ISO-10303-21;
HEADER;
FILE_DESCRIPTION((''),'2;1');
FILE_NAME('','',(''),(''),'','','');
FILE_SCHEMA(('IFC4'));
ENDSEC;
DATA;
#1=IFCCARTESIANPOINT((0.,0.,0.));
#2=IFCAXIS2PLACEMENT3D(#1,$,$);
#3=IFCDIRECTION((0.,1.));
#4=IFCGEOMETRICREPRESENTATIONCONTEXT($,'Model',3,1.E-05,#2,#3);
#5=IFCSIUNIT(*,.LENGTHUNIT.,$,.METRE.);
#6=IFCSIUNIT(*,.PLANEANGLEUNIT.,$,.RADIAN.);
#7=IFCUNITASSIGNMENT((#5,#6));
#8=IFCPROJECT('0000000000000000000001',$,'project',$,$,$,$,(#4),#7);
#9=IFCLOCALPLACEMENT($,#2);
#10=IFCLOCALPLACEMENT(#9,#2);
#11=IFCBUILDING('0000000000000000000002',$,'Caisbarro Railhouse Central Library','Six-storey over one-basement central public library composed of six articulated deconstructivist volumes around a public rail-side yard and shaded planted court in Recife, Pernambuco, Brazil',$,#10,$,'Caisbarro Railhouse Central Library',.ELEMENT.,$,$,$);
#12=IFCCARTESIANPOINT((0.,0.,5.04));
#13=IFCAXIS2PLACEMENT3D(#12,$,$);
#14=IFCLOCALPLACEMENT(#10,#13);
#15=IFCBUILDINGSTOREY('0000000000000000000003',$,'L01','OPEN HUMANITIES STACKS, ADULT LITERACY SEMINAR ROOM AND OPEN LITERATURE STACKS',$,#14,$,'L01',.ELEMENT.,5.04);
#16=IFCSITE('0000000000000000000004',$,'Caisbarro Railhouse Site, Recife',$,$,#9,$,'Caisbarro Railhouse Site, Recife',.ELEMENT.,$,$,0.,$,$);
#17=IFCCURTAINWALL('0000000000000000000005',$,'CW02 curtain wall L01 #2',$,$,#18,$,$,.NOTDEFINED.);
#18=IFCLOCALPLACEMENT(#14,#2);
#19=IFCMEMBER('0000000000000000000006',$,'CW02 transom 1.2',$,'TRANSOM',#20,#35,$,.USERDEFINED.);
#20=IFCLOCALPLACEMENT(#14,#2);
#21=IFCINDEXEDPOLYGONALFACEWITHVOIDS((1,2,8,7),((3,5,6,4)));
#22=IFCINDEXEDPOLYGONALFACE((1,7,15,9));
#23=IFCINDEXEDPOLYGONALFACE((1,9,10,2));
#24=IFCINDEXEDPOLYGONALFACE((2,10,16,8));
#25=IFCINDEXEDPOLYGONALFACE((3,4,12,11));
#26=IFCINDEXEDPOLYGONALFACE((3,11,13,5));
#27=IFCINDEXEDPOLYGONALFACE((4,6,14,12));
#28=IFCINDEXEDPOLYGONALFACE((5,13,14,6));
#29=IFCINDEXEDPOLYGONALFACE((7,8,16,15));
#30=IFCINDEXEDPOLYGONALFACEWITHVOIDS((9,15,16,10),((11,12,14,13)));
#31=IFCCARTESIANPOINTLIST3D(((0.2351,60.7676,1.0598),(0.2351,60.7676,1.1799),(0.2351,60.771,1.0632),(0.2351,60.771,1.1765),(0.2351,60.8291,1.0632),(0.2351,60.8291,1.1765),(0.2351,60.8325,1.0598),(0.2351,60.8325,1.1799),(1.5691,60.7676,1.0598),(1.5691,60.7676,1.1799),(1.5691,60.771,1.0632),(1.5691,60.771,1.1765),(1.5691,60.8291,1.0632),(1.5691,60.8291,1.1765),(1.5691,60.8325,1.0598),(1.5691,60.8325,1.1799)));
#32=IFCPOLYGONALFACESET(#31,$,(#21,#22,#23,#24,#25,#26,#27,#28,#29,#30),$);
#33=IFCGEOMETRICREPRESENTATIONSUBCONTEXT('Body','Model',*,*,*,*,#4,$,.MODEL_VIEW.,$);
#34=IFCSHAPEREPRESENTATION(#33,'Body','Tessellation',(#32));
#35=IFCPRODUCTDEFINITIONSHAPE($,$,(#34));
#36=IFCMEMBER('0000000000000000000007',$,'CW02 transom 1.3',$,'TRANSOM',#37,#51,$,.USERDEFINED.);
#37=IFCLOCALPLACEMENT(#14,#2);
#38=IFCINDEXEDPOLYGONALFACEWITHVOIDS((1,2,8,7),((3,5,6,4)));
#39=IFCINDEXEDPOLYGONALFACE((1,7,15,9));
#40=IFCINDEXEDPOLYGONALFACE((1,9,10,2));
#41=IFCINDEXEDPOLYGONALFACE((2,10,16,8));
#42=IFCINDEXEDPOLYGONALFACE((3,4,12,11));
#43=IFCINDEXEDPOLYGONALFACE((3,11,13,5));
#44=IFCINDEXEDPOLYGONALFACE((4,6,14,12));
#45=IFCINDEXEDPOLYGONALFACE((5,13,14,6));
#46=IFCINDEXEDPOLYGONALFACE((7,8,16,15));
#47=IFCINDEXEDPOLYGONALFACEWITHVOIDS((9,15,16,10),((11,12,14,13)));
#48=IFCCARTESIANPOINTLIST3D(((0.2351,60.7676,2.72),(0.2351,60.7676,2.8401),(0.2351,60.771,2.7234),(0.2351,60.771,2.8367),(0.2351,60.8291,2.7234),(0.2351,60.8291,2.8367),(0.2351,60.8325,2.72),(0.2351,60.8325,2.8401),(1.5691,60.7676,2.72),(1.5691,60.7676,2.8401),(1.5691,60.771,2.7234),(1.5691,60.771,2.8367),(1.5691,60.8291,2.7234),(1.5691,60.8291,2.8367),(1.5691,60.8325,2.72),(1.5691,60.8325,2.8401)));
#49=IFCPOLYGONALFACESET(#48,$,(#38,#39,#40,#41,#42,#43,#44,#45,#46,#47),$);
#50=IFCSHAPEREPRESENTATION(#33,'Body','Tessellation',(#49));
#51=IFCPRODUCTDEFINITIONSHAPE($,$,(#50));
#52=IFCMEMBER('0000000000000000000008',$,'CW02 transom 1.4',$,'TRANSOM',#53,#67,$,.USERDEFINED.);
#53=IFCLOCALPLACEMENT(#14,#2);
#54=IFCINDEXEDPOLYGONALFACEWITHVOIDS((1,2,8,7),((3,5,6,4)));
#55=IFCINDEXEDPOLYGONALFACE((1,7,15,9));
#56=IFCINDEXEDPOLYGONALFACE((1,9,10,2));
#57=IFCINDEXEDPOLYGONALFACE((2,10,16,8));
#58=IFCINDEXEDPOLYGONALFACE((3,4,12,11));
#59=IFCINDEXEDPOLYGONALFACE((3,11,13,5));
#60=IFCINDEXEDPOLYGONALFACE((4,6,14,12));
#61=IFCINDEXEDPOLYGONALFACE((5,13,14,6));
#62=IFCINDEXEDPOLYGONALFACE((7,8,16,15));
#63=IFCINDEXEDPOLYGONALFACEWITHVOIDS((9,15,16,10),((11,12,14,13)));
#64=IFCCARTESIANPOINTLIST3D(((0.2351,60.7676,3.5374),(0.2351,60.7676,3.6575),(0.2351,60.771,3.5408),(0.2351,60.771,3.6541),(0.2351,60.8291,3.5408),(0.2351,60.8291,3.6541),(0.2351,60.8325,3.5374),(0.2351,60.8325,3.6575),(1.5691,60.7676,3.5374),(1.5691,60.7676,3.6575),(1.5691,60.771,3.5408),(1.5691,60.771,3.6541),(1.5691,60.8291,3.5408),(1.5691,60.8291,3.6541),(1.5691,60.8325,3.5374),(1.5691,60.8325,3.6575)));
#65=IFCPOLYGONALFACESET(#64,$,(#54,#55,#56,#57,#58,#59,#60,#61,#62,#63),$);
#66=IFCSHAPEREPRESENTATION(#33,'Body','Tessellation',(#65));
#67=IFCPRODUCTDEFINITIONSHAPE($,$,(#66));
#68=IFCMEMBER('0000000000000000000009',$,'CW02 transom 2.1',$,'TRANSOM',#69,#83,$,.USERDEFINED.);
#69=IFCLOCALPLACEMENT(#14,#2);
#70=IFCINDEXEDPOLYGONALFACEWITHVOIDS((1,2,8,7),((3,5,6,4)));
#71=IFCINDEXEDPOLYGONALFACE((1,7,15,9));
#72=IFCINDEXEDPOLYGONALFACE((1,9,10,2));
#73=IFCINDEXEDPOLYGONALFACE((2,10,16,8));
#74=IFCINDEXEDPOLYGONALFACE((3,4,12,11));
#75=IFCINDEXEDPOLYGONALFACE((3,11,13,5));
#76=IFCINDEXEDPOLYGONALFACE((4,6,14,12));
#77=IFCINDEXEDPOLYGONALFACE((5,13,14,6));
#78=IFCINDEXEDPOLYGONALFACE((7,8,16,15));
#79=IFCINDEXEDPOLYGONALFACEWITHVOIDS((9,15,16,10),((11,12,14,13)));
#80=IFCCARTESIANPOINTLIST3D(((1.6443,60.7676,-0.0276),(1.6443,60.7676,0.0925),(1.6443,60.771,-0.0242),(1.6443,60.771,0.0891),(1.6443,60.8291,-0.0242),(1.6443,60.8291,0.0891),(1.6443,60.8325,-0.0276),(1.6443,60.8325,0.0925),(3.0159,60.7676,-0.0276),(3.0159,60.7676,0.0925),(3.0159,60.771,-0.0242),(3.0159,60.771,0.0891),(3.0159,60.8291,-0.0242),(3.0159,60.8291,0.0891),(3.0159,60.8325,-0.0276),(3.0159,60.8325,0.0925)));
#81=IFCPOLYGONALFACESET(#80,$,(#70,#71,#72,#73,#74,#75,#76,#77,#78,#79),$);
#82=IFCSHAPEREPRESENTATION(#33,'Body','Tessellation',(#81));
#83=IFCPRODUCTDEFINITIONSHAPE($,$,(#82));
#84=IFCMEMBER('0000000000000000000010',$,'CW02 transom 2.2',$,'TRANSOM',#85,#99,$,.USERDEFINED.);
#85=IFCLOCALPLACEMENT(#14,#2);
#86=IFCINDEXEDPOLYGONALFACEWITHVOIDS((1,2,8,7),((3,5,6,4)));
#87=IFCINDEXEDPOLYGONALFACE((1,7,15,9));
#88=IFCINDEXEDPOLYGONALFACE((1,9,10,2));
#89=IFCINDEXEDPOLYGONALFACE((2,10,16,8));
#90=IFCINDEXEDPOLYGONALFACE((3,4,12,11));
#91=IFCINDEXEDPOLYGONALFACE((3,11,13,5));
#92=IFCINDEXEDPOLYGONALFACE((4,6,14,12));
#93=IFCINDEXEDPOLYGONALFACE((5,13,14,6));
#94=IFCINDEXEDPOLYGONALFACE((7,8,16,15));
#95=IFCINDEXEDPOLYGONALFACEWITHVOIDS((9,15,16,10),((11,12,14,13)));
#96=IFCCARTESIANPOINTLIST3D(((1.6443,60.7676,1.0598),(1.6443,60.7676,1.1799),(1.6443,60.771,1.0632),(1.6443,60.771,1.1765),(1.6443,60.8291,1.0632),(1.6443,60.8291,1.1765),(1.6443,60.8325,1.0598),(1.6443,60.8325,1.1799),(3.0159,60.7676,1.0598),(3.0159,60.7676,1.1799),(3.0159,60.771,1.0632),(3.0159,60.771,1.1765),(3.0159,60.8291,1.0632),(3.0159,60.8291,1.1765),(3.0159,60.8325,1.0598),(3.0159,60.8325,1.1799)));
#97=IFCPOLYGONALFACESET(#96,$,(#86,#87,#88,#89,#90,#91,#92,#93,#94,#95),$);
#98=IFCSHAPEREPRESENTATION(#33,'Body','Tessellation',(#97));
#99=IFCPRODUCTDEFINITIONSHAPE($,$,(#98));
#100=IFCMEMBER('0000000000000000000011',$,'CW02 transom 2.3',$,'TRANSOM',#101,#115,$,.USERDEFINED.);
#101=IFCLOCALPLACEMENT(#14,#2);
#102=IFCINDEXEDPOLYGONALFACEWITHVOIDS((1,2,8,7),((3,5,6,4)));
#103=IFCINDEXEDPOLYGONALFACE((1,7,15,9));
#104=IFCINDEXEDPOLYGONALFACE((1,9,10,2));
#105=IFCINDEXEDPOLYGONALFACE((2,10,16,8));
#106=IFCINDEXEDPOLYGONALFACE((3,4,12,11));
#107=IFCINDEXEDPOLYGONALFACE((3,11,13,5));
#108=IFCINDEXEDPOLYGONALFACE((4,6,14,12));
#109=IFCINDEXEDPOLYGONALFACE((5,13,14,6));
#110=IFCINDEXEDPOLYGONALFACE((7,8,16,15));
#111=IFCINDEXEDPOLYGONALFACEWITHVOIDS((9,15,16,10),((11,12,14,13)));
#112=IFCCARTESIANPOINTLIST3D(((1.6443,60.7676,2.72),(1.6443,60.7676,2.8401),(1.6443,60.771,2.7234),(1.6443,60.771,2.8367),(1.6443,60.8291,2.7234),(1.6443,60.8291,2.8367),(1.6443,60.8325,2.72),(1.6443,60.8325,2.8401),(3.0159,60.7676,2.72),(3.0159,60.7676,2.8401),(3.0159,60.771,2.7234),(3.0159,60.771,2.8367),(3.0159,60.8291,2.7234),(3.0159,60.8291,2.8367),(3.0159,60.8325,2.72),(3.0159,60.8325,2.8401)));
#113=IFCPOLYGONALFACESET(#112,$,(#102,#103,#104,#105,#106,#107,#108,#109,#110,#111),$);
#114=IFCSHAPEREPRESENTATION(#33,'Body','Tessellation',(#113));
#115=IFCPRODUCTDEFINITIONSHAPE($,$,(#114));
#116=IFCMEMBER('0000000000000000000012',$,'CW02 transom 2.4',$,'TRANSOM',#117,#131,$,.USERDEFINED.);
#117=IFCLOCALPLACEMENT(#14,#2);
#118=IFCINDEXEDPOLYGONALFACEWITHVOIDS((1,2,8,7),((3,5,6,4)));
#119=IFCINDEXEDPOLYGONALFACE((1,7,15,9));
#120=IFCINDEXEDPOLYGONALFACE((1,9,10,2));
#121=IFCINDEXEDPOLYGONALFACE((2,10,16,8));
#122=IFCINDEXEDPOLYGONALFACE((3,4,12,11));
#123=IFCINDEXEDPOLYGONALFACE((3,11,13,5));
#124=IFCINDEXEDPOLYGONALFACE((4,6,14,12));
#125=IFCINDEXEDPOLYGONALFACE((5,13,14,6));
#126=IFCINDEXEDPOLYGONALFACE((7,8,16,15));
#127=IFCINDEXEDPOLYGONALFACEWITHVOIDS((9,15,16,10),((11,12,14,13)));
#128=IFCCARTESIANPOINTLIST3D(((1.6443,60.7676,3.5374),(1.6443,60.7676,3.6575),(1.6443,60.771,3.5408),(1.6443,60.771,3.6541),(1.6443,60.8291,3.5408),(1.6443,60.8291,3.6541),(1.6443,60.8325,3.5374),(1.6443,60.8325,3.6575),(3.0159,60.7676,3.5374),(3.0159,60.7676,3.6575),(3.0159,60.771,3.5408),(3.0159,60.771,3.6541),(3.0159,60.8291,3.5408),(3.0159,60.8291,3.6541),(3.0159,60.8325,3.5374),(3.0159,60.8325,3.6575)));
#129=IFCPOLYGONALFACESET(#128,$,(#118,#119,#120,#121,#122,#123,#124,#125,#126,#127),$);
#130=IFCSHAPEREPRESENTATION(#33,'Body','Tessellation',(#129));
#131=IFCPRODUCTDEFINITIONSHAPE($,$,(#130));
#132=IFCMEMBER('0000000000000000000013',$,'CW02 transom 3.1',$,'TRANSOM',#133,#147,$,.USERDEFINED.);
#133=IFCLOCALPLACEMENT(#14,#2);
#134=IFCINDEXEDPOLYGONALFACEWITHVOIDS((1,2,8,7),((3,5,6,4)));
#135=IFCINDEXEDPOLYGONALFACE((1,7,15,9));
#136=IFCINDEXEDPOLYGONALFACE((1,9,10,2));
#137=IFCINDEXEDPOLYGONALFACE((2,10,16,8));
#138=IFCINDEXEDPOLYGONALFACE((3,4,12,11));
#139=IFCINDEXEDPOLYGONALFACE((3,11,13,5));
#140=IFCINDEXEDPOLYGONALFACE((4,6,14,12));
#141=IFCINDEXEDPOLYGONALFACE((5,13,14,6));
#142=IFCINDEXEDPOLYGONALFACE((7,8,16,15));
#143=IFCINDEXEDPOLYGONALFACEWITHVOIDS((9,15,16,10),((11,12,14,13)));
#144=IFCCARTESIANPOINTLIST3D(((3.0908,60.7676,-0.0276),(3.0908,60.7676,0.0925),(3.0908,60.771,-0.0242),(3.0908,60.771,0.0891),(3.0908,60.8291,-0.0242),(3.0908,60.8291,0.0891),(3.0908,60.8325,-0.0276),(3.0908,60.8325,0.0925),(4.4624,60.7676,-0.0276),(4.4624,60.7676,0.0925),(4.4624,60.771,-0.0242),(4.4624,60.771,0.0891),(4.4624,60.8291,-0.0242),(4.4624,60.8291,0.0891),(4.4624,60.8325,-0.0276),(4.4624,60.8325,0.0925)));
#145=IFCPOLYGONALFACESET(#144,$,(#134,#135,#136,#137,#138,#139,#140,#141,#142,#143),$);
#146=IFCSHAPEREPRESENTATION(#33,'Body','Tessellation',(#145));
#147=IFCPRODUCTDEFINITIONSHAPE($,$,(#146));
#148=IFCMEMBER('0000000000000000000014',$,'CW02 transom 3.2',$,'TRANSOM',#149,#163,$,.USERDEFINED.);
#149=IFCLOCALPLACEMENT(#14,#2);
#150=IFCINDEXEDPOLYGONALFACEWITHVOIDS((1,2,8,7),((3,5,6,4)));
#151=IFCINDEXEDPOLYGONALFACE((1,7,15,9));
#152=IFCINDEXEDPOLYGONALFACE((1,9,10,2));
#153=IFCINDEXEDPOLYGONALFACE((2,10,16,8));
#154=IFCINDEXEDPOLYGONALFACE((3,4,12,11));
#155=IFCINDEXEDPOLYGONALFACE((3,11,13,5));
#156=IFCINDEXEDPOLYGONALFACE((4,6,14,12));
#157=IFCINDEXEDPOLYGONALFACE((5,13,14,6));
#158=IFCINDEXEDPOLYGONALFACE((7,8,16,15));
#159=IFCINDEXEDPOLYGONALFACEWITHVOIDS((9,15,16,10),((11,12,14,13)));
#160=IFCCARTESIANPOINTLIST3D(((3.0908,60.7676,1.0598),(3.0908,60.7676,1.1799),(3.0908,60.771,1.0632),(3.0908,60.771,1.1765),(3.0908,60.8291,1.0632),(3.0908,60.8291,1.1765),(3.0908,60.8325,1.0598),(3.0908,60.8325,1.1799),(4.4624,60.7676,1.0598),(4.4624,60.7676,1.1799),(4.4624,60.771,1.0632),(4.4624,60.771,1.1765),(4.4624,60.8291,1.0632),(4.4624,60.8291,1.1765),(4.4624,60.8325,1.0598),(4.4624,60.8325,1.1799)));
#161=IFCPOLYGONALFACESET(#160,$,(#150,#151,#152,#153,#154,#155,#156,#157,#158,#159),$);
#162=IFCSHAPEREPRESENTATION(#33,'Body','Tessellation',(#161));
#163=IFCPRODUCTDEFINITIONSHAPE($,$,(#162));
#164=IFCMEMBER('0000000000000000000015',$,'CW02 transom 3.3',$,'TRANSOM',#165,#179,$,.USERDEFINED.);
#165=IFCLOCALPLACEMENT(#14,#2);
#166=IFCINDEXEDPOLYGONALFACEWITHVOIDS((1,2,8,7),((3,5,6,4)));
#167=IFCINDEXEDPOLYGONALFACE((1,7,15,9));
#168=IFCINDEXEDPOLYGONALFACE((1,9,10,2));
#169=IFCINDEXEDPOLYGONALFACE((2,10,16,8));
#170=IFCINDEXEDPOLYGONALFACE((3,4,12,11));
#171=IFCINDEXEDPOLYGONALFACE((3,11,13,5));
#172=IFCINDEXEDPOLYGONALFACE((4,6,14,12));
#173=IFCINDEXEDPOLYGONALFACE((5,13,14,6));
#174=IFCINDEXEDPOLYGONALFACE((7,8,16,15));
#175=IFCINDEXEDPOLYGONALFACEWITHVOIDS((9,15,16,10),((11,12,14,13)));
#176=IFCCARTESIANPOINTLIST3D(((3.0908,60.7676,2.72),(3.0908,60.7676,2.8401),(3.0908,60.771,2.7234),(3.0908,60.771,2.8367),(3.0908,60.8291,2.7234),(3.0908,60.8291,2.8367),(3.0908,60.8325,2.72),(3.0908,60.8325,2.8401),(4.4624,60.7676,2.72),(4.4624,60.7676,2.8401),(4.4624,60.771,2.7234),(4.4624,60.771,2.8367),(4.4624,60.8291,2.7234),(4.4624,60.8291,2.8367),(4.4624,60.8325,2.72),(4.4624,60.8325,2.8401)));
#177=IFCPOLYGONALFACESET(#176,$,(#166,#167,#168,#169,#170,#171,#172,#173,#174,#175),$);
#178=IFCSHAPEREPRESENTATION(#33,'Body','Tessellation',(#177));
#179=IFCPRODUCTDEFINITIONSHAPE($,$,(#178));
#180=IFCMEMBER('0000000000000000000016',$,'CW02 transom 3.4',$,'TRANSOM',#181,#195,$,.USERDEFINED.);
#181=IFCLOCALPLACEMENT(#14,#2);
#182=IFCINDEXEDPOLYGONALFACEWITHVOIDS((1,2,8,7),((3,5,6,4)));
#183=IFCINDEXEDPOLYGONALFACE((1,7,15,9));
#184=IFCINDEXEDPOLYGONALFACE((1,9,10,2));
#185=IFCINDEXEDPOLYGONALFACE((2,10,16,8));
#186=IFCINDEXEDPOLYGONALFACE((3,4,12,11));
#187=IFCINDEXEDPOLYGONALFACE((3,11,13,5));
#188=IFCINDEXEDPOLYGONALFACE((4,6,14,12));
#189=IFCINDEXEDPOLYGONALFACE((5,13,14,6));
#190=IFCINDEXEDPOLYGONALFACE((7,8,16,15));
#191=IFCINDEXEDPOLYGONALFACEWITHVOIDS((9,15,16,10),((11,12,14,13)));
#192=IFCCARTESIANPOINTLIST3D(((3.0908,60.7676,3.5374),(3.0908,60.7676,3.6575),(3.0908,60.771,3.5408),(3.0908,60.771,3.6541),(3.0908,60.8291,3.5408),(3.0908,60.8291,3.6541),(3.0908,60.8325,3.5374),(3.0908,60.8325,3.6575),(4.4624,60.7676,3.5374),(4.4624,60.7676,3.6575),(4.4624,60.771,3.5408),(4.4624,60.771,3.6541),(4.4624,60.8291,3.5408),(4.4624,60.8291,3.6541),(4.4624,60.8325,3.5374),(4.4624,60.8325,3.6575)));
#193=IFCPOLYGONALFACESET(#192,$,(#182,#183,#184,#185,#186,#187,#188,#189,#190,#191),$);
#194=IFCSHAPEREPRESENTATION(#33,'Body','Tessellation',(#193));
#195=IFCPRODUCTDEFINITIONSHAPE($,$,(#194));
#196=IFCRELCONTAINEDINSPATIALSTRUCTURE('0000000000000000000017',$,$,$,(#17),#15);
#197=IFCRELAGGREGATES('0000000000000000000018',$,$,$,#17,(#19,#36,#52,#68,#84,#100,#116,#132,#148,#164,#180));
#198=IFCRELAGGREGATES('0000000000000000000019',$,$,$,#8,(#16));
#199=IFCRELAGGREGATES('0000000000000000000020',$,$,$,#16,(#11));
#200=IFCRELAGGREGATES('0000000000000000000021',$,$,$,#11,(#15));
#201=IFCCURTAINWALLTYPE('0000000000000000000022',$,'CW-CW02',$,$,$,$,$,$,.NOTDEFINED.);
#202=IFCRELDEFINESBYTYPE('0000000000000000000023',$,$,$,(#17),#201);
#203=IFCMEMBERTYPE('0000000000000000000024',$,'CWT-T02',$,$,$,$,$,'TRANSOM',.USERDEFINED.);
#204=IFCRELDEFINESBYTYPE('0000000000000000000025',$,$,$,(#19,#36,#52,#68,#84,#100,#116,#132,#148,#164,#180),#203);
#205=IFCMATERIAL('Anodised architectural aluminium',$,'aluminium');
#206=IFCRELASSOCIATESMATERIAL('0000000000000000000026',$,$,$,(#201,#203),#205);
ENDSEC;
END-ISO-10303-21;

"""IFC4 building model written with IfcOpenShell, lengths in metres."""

from ifc_helpers import new_model, si_unit, direction, frame, origin, origin_2d, place, context, subcontext, project, spatial, hollow_rectangle, extrude, material, material_profile, profile_set, type_object, element, aggregate, save


model = new_model("IFC4")

# Units and contexts
model_context = context("Model", 3, precision=1e-05, world=origin(), true_north=direction((0.0, 1.0)))
body_context = subcontext(model_context, "Body", "Model", "MODEL_VIEW")
ifc_project = project(units=[si_unit("LENGTHUNIT", "METRE"), si_unit("PLANEANGLEUNIT", "RADIAN")], contexts=[model_context])

# Site, building, storey
site_placement = place(None, origin())
site = spatial("IfcSite", under=ifc_project, at=site_placement, Name="Caisbarro Railhouse Site, Recife", LongName="Caisbarro Railhouse Site, Recife", CompositionType="ELEMENT", RefElevation=0.0)
building_placement = place(site_placement, origin())
building = spatial("IfcBuilding", under=site, at=building_placement, Name="Caisbarro Railhouse Central Library", Description="Six-storey over one-basement central public library composed of six articulated deconstructivist volumes around a public rail-side yard and shaded planted court in Recife, Pernambuco, Brazil", LongName="Caisbarro Railhouse Central Library", CompositionType="ELEMENT")
storey_placement = place(building_placement, frame((0.0, 0.0, 5.04)))
storey = spatial("IfcBuildingStorey", under=building, at=storey_placement, Name="L01", Description="OPEN HUMANITIES STACKS, ADULT LITERACY SEMINAR ROOM AND OPEN LITERATURE STACKS", LongName="L01", CompositionType="ELEMENT", Elevation=5.04)

# Curtain wall, members
ifc_material_1 = material(Name="Anodised architectural aluminium", Category="aluminium")
curtain_wall_type = type_object("IfcCurtainWallType", Name="CW-CW02", PredefinedType="NOTDEFINED", material=ifc_material_1)
curtain_wall_placement = place(storey_placement, origin())
curtain_wall = element("IfcCurtainWall", 1, at=curtain_wall_placement, inside=storey, type_object=curtain_wall_type, Name="CW02 curtain wall L01 #2", PredefinedType="NOTDEFINED")
ifc_material_profile_1 = material_profile(ifc_material_1, hollow_rectangle(XDim=0.0649, YDim=0.1201, WallThickness=0.0034, at=origin_2d()), Name="ALU-TRN-65X120")
ifc_profile_set_1 = profile_set([ifc_material_profile_1], Name="Anodised architectural aluminium")
member_type_1 = type_object("IfcMemberType", Name="CWT-T02", ElementType="TRANSOM", PredefinedType="USERDEFINED", material=ifc_profile_set_1)
member_1_placement = place(storey_placement, frame((0.2351, 60.8, 1.1199), z_axis=(1.0, 0.0, 0.0), x_axis=(0.0, 1.0, 0.0)))
member_1 = element("IfcMember", 2, at=member_1_placement, type_object=member_type_1, Name="CW02 transom 1.2", ObjectType="TRANSOM", PredefinedType="USERDEFINED", context=body_context, shape_type="SweptSolid", body=[
    extrude(hollow_rectangle(XDim=0.0649, YDim=0.1201, WallThickness=0.0034, at=origin_2d()), origin(), (0.0, 0.0, 1.0), 1.334),
])
member_2_placement = place(storey_placement, frame((0.2351, 60.8, 2.78), z_axis=(1.0, 0.0, 0.0), x_axis=(0.0, 1.0, 0.0)))
member_2 = element("IfcMember", 3, at=member_2_placement, type_object=member_type_1, Name="CW02 transom 1.3", ObjectType="TRANSOM", PredefinedType="USERDEFINED", context=body_context, shape_type="SweptSolid", body=[
    extrude(hollow_rectangle(XDim=0.0649, YDim=0.1201, WallThickness=0.0034, at=origin_2d()), origin(), (0.0, 0.0, 1.0), 1.334),
])
member_3_placement = place(storey_placement, frame((0.2351, 60.8, 3.5974), z_axis=(1.0, 0.0, 0.0), x_axis=(0.0, 1.0, 0.0)))
member_3 = element("IfcMember", 4, at=member_3_placement, type_object=member_type_1, Name="CW02 transom 1.4", ObjectType="TRANSOM", PredefinedType="USERDEFINED", context=body_context, shape_type="SweptSolid", body=[
    extrude(hollow_rectangle(XDim=0.0649, YDim=0.1201, WallThickness=0.0034, at=origin_2d()), origin(), (0.0, 0.0, 1.0), 1.334),
])
member_4_placement = place(storey_placement, frame((1.6443, 60.8, 0.0325), z_axis=(1.0, 0.0, 0.0), x_axis=(0.0, 1.0, 0.0)))
member_4 = element("IfcMember", 5, at=member_4_placement, type_object=member_type_1, Name="CW02 transom 2.1", ObjectType="TRANSOM", PredefinedType="USERDEFINED", context=body_context, shape_type="SweptSolid", body=[
    extrude(hollow_rectangle(XDim=0.0649, YDim=0.1201, WallThickness=0.0034, at=origin_2d()), origin(), (0.0, 0.0, 1.0), 1.3716),
])
member_5_placement = place(storey_placement, frame((1.6443, 60.8, 1.1199), z_axis=(1.0, 0.0, 0.0), x_axis=(0.0, 1.0, 0.0)))
member_5 = element("IfcMember", 6, at=member_5_placement, type_object=member_type_1, Name="CW02 transom 2.2", ObjectType="TRANSOM", PredefinedType="USERDEFINED", context=body_context, shape_type="SweptSolid", body=[
    extrude(hollow_rectangle(XDim=0.0649, YDim=0.1201, WallThickness=0.0034, at=origin_2d()), origin(), (0.0, 0.0, 1.0), 1.3716),
])
member_6_placement = place(storey_placement, frame((1.6443, 60.8, 2.78), z_axis=(1.0, 0.0, 0.0), x_axis=(0.0, 1.0, 0.0)))
member_6 = element("IfcMember", 7, at=member_6_placement, type_object=member_type_1, Name="CW02 transom 2.3", ObjectType="TRANSOM", PredefinedType="USERDEFINED", context=body_context, shape_type="SweptSolid", body=[
    extrude(hollow_rectangle(XDim=0.0649, YDim=0.1201, WallThickness=0.0034, at=origin_2d()), origin(), (0.0, 0.0, 1.0), 1.3716),
])
member_7_placement = place(storey_placement, frame((1.6443, 60.8, 3.5974), z_axis=(1.0, 0.0, 0.0), x_axis=(0.0, 1.0, 0.0)))
member_7 = element("IfcMember", 8, at=member_7_placement, type_object=member_type_1, Name="CW02 transom 2.4", ObjectType="TRANSOM", PredefinedType="USERDEFINED", context=body_context, shape_type="SweptSolid", body=[
    extrude(hollow_rectangle(XDim=0.0649, YDim=0.1201, WallThickness=0.0034, at=origin_2d()), origin(), (0.0, 0.0, 1.0), 1.3716),
])
member_8_placement = place(storey_placement, frame((3.0908, 60.8, 0.0325), z_axis=(1.0, 0.0, 0.0), x_axis=(0.0, 1.0, 0.0)))
member_8 = element("IfcMember", 9, at=member_8_placement, type_object=member_type_1, Name="CW02 transom 3.1", ObjectType="TRANSOM", PredefinedType="USERDEFINED", context=body_context, shape_type="SweptSolid", body=[
    extrude(hollow_rectangle(XDim=0.0649, YDim=0.1201, WallThickness=0.0034, at=origin_2d()), origin(), (0.0, 0.0, 1.0), 1.3716),
])
member_9_placement = place(storey_placement, frame((3.0908, 60.8, 1.1199), z_axis=(1.0, 0.0, 0.0), x_axis=(0.0, 1.0, 0.0)))
member_9 = element("IfcMember", 10, at=member_9_placement, type_object=member_type_1, Name="CW02 transom 3.2", ObjectType="TRANSOM", PredefinedType="USERDEFINED", context=body_context, shape_type="SweptSolid", body=[
    extrude(hollow_rectangle(XDim=0.0649, YDim=0.1201, WallThickness=0.0034, at=origin_2d()), origin(), (0.0, 0.0, 1.0), 1.3716),
])
member_10_placement = place(storey_placement, frame((3.0908, 60.8, 2.78), z_axis=(1.0, 0.0, 0.0), x_axis=(0.0, 1.0, 0.0)))
member_10 = element("IfcMember", 11, at=member_10_placement, type_object=member_type_1, Name="CW02 transom 3.3", ObjectType="TRANSOM", PredefinedType="USERDEFINED", context=body_context, shape_type="SweptSolid", body=[
    extrude(hollow_rectangle(XDim=0.0649, YDim=0.1201, WallThickness=0.0034, at=origin_2d()), origin(), (0.0, 0.0, 1.0), 1.3716),
])
member_11_placement = place(storey_placement, frame((3.0908, 60.8, 3.5974), z_axis=(1.0, 0.0, 0.0), x_axis=(0.0, 1.0, 0.0)))
member_11 = element("IfcMember", 12, at=member_11_placement, type_object=member_type_1, Name="CW02 transom 3.4", ObjectType="TRANSOM", PredefinedType="USERDEFINED", context=body_context, shape_type="SweptSolid", body=[
    extrude(hollow_rectangle(XDim=0.0649, YDim=0.1201, WallThickness=0.0034, at=origin_2d()), origin(), (0.0, 0.0, 1.0), 1.3716),
])
aggregate(curtain_wall, [member_1, member_2, member_3, member_4, member_5, member_6, member_7, member_8, member_9, member_10, member_11])

save(model, "model.ifc")
